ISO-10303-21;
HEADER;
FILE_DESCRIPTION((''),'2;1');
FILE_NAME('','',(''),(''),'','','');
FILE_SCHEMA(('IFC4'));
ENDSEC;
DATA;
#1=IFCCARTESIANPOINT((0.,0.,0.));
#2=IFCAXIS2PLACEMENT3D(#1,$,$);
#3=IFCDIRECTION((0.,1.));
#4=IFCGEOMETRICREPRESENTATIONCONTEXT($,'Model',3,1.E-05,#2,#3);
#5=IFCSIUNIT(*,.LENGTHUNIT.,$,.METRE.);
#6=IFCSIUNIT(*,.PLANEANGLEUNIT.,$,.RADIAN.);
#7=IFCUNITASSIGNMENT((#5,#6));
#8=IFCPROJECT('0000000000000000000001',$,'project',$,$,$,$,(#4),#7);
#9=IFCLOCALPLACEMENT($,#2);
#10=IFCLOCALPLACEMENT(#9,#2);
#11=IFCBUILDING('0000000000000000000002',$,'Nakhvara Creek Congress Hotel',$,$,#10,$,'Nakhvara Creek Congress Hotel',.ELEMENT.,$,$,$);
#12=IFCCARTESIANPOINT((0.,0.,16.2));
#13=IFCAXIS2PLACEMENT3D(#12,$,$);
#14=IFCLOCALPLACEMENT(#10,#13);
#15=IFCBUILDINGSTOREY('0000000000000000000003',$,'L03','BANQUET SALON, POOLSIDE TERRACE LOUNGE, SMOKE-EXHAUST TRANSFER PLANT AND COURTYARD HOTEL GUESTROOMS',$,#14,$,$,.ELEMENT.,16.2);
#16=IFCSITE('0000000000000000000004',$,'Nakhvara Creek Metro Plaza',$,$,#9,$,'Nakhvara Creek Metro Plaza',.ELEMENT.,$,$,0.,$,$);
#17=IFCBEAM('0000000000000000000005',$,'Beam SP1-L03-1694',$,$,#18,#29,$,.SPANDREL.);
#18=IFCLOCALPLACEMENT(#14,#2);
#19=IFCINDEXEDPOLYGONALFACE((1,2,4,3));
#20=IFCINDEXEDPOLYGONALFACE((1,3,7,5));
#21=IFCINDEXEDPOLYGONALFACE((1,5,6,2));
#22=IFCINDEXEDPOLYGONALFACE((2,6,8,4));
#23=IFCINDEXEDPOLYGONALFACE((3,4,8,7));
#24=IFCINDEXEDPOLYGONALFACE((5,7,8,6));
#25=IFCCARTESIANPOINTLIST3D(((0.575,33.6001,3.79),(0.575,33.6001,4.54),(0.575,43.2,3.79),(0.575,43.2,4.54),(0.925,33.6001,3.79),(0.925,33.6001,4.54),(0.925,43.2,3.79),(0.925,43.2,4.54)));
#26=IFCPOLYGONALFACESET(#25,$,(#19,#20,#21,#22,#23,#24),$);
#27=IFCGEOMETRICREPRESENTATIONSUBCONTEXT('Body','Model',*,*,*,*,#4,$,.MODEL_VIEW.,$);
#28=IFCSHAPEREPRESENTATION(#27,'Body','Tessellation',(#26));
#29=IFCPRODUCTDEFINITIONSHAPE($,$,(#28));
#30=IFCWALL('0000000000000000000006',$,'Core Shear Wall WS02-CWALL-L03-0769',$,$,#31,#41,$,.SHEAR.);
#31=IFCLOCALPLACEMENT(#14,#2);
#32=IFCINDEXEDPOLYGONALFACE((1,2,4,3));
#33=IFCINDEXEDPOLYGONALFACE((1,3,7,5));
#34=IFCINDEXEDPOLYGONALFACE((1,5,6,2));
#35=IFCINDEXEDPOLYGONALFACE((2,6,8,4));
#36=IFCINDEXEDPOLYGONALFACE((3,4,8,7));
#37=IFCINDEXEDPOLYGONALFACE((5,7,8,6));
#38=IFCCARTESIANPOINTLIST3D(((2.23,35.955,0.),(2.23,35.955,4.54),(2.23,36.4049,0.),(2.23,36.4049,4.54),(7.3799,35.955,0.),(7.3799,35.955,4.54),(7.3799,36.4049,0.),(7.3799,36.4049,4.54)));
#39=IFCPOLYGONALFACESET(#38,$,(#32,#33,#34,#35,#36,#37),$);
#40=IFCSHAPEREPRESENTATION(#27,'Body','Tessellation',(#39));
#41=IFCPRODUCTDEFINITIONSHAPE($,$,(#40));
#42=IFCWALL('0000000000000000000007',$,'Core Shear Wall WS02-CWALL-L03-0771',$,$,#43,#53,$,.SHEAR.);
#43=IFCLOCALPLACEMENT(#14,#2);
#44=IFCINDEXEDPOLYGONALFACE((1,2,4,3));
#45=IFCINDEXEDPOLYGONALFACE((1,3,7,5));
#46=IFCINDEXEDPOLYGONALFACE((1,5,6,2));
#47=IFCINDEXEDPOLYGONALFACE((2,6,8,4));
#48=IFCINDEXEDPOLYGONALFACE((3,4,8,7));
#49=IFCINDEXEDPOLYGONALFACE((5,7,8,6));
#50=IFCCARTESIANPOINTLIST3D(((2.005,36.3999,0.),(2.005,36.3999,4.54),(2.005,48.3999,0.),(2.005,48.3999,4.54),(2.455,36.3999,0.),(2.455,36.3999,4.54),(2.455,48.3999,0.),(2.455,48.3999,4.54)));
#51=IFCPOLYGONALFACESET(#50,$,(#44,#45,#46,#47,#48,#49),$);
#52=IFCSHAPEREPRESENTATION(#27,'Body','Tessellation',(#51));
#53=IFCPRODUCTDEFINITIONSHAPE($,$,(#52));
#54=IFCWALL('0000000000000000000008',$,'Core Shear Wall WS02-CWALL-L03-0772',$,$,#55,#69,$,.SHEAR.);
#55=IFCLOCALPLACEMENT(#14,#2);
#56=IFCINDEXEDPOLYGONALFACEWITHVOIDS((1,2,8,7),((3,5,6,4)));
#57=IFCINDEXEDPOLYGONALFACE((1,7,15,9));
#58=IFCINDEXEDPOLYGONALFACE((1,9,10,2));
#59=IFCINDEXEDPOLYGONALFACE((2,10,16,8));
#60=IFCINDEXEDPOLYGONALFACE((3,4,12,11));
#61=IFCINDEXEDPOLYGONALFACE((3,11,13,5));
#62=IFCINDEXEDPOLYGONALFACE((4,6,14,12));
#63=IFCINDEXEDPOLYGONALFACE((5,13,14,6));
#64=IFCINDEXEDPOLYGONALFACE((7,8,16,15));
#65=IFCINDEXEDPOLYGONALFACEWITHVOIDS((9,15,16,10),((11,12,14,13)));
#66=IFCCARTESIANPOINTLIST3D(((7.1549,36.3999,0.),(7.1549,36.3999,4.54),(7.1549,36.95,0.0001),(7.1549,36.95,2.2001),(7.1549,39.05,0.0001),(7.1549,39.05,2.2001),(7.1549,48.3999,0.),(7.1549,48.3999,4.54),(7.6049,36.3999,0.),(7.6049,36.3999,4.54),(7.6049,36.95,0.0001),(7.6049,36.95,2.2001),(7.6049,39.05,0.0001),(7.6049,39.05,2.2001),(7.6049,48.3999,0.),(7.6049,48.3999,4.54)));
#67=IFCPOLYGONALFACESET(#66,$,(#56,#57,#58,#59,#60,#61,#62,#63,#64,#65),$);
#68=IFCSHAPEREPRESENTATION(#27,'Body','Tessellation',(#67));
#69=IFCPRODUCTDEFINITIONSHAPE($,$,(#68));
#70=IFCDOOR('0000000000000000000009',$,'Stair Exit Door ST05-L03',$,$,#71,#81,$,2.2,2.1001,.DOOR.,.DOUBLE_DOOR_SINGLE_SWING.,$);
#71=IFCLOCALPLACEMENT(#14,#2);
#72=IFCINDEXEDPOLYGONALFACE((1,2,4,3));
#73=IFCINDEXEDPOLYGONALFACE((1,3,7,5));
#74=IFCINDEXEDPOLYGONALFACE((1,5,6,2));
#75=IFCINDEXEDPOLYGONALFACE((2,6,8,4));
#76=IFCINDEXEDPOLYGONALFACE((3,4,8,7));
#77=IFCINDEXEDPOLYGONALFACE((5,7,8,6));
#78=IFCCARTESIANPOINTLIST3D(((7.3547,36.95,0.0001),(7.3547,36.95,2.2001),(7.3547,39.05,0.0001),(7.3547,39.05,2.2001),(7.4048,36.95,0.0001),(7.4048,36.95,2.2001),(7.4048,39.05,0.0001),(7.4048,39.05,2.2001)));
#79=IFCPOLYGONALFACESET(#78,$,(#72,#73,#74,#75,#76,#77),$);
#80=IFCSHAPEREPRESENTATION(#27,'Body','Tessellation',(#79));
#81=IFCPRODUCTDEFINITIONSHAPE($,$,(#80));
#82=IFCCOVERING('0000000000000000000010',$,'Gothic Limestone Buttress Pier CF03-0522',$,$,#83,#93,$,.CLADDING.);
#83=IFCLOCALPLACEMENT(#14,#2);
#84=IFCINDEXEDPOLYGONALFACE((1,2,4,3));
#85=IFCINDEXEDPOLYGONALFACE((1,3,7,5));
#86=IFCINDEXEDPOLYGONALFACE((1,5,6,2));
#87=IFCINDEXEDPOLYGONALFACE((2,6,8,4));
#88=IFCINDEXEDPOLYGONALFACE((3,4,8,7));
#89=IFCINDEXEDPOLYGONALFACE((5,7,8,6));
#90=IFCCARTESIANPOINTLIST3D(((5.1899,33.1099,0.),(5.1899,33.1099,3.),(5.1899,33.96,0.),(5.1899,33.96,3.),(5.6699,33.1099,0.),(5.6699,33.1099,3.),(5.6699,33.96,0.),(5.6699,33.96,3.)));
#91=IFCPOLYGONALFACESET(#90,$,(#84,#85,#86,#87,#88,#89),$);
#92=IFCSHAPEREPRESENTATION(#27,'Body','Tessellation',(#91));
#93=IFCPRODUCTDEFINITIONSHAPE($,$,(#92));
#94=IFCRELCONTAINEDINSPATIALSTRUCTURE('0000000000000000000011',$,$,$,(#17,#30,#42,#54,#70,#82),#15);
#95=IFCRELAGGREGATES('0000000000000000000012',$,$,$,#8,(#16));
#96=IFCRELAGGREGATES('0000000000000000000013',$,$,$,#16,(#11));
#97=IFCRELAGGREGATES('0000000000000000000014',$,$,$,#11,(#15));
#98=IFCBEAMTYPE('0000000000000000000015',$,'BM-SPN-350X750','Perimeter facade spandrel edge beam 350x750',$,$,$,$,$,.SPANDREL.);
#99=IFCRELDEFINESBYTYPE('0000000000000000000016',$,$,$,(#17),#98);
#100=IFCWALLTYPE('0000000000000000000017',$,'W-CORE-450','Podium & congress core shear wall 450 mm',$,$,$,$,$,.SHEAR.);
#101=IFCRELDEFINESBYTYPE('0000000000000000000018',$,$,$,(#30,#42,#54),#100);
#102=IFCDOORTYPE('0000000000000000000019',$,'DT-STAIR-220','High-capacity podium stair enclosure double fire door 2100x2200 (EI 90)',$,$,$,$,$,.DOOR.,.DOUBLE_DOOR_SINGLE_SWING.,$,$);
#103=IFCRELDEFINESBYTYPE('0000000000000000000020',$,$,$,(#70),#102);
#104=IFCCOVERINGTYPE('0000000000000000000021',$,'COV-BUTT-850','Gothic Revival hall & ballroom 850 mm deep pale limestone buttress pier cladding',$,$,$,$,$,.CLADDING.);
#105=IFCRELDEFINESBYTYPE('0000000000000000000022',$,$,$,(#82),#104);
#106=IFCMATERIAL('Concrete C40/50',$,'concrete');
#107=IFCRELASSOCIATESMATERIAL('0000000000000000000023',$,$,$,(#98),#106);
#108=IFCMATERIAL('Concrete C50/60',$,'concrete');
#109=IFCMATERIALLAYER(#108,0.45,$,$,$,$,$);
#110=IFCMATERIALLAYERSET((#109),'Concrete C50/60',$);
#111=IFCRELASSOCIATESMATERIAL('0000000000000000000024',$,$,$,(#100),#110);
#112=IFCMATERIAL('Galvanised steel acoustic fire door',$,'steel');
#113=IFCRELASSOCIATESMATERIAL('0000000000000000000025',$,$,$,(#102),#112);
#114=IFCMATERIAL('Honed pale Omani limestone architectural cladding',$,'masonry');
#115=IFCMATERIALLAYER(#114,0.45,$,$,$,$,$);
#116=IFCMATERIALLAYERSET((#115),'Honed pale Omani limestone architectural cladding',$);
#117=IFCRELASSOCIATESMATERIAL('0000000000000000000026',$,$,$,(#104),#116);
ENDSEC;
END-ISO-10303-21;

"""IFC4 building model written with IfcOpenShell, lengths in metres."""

from ifc_helpers import new_model, si_unit, direction, frame, frame_2d, origin, origin_2d, place, context, subcontext, project, spatial, rectangle, extrude, material, layer, layer_set, material_profile, profile_set, type_object, element, fill, save


model = new_model("IFC4")

# Units and contexts
model_context = context("Model", 3, precision=1e-05, world=origin(), true_north=direction((0.0, 1.0)))
body_context = subcontext(model_context, "Body", "Model", "MODEL_VIEW")
ifc_project = project(units=[si_unit("LENGTHUNIT", "METRE"), si_unit("PLANEANGLEUNIT", "RADIAN")], contexts=[model_context])

# Site, building, storey
site_placement = place(None, origin())
site = spatial("IfcSite", under=ifc_project, at=site_placement, Name="Nakhvara Creek Metro Plaza", LongName="Nakhvara Creek Metro Plaza", CompositionType="ELEMENT", RefElevation=0.0)
building_placement = place(site_placement, origin())
building = spatial("IfcBuilding", under=site, at=building_placement, Name="Nakhvara Creek Congress Hotel", LongName="Nakhvara Creek Congress Hotel", CompositionType="ELEMENT")
storey_placement = place(building_placement, frame((0.0, 0.0, 16.2)))
storey = spatial("IfcBuildingStorey", under=building, at=storey_placement, Name="L03", Description="BANQUET SALON, POOLSIDE TERRACE LOUNGE, SMOKE-EXHAUST TRANSFER PLANT AND COURTYARD HOTEL GUESTROOMS", CompositionType="ELEMENT", Elevation=16.2)

# Beam
ifc_material_1 = material(Name="Concrete C40/50", Category="concrete")
ifc_material_profile = material_profile(ifc_material_1, rectangle(XDim=0.3501, YDim=0.75, at=origin_2d()), Name="RC-SPANDREL 350x750", Category="LoadBearing")
ifc_profile_set = profile_set([ifc_material_profile], Name="Concrete C40/50")
beam_type = type_object("IfcBeamType", Name="BM-SPN-350X750", Description="Perimeter facade spandrel edge beam 350x750", PredefinedType="SPANDREL", material=ifc_profile_set)
beam_placement = place(storey_placement, frame((0.75, 33.6001, 4.165), z_axis=(0.0, 1.0, 0.0), x_axis=(-1.0, 0.0, 0.0)))
element("IfcBeam", 1, at=beam_placement, inside=storey, type_object=beam_type, Name="Beam SP1-L03-1694", PredefinedType="SPANDREL", context=body_context, shape_type="SweptSolid", body=[
    extrude(rectangle(XDim=0.3501, YDim=0.75, at=origin_2d()), origin(), (0.0, 0.0, 1.0), 9.5999),
])

# Walls
ifc_material_2 = material(Name="Concrete C50/60", Category="concrete")
ifc_layer_1 = layer(ifc_material_2, 0.45)
ifc_layer_set_1 = layer_set([ifc_layer_1], Name="Concrete C50/60")
wall_type = type_object("IfcWallType", Name="W-CORE-450", Description="Podium & congress core shear wall 450 mm", PredefinedType="SHEAR", material=ifc_layer_set_1)
wall_1_placement = place(storey_placement, frame((2.23, 36.1799, 0.0), z_axis=(0.0, 0.0, 1.0), x_axis=(1.0, 0.0, 0.0)))
element("IfcWall", 2, at=wall_1_placement, inside=storey, type_object=wall_type, Name="Core Shear Wall WS02-CWALL-L03-0769", PredefinedType="SHEAR", context=body_context, shape_type="SweptSolid", body=[
    extrude(rectangle(XDim=5.1499, YDim=0.45, at=frame_2d((2.575, 0.0))), origin(), (0.0, 0.0, 1.0), 4.54),
])
wall_2_placement = place(storey_placement, frame((2.23, 36.3999, 0.0), z_axis=(0.0, 0.0, 1.0), x_axis=(0.0, 1.0, 0.0)))
element("IfcWall", 3, at=wall_2_placement, inside=storey, type_object=wall_type, Name="Core Shear Wall WS02-CWALL-L03-0771", PredefinedType="SHEAR", context=body_context, shape_type="SweptSolid", body=[
    extrude(rectangle(XDim=12.0, YDim=0.45, at=frame_2d((6.0, 0.0))), origin(), (0.0, 0.0, 1.0), 4.54),
])

# Wall, opening, door
wall_3_placement = place(storey_placement, frame((7.3799, 36.3999, 0.0), z_axis=(0.0, 0.0, 1.0), x_axis=(0.0, 1.0, 0.0)))
wall_3 = element("IfcWall", 4, at=wall_3_placement, inside=storey, type_object=wall_type, Name="Core Shear Wall WS02-CWALL-L03-0772", PredefinedType="SHEAR", context=body_context, shape_type="SweptSolid", body=[
    extrude(rectangle(XDim=12.0, YDim=0.45, at=frame_2d((6.0, 0.0))), origin(), (0.0, 0.0, 1.0), 4.54),
])
opening_placement = place(wall_3_placement, frame((0.55, 0.0, 0.0)))
opening = element("IfcOpeningElement", 5, at=opening_placement, cuts=wall_3, PredefinedType="OPENING", context=body_context, shape_type="SweptSolid", body=[
    extrude(rectangle(XDim=2.1001, YDim=2.2, at=frame_2d((1.05, 1.1001))), frame((0.0, 0.2368, 0.0), z_axis=(0.0, -1.0, 0.0), x_axis=(1.0, 0.0, 0.0)), (0.0, 0.0, 1.0), 0.4739),
])
ifc_material_3 = material(Name="Galvanised steel acoustic fire door", Category="steel")
door_type = type_object("IfcDoorType", Name="DT-STAIR-220", Description="High-capacity podium stair enclosure double fire door 2100x2200 (EI 90)", OperationType="DOUBLE_DOOR_SINGLE_SWING", PredefinedType="DOOR", material=ifc_material_3)
door_placement = place(opening_placement, frame((2.1001, 0.0, 0.0), z_axis=(0.0, 0.0, 1.0), x_axis=(-1.0, 0.0, 0.0)))
door = element("IfcDoor", 6, at=door_placement, inside=storey, type_object=door_type, Name="Stair Exit Door ST05-L03", OperationType="DOUBLE_DOOR_SINGLE_SWING", OverallHeight=2.2, OverallWidth=2.1001, PredefinedType="DOOR", context=body_context, shape_type="SweptSolid", body=[
    extrude(rectangle(XDim=2.1001, YDim=2.2, at=frame_2d((1.05, 1.1001))), frame((0.0, 0.0249, 0.0), z_axis=(0.0, -1.0, 0.0), x_axis=(1.0, 0.0, 0.0)), (0.0, 0.0, 1.0), 0.05),
])
fill(opening, door)

# Covering
ifc_material_4 = material(Name="Honed pale Omani limestone architectural cladding", Category="masonry")
ifc_layer_2 = layer(ifc_material_4, 0.45)
ifc_layer_set_2 = layer_set([ifc_layer_2], Name="Honed pale Omani limestone architectural cladding")
covering_type = type_object("IfcCoveringType", Name="COV-BUTT-850", Description="Gothic Revival hall & ballroom 850 mm deep pale limestone buttress pier cladding", PredefinedType="CLADDING", material=ifc_layer_set_2)
covering_placement = place(storey_placement, frame((5.4299, 33.5349, 0.0), z_axis=(0.0, 0.0, 1.0), x_axis=(1.0, 0.0, 0.0)))
element("IfcCovering", 7, at=covering_placement, inside=storey, type_object=covering_type, Name="Gothic Limestone Buttress Pier CF03-0522", PredefinedType="CLADDING", context=body_context, shape_type="SweptSolid", body=[
    extrude(rectangle(XDim=0.48, YDim=0.8501, at=origin_2d()), origin(), (0.0, 0.0, 1.0), 3.0),
])

save(model, "model.ifc")
